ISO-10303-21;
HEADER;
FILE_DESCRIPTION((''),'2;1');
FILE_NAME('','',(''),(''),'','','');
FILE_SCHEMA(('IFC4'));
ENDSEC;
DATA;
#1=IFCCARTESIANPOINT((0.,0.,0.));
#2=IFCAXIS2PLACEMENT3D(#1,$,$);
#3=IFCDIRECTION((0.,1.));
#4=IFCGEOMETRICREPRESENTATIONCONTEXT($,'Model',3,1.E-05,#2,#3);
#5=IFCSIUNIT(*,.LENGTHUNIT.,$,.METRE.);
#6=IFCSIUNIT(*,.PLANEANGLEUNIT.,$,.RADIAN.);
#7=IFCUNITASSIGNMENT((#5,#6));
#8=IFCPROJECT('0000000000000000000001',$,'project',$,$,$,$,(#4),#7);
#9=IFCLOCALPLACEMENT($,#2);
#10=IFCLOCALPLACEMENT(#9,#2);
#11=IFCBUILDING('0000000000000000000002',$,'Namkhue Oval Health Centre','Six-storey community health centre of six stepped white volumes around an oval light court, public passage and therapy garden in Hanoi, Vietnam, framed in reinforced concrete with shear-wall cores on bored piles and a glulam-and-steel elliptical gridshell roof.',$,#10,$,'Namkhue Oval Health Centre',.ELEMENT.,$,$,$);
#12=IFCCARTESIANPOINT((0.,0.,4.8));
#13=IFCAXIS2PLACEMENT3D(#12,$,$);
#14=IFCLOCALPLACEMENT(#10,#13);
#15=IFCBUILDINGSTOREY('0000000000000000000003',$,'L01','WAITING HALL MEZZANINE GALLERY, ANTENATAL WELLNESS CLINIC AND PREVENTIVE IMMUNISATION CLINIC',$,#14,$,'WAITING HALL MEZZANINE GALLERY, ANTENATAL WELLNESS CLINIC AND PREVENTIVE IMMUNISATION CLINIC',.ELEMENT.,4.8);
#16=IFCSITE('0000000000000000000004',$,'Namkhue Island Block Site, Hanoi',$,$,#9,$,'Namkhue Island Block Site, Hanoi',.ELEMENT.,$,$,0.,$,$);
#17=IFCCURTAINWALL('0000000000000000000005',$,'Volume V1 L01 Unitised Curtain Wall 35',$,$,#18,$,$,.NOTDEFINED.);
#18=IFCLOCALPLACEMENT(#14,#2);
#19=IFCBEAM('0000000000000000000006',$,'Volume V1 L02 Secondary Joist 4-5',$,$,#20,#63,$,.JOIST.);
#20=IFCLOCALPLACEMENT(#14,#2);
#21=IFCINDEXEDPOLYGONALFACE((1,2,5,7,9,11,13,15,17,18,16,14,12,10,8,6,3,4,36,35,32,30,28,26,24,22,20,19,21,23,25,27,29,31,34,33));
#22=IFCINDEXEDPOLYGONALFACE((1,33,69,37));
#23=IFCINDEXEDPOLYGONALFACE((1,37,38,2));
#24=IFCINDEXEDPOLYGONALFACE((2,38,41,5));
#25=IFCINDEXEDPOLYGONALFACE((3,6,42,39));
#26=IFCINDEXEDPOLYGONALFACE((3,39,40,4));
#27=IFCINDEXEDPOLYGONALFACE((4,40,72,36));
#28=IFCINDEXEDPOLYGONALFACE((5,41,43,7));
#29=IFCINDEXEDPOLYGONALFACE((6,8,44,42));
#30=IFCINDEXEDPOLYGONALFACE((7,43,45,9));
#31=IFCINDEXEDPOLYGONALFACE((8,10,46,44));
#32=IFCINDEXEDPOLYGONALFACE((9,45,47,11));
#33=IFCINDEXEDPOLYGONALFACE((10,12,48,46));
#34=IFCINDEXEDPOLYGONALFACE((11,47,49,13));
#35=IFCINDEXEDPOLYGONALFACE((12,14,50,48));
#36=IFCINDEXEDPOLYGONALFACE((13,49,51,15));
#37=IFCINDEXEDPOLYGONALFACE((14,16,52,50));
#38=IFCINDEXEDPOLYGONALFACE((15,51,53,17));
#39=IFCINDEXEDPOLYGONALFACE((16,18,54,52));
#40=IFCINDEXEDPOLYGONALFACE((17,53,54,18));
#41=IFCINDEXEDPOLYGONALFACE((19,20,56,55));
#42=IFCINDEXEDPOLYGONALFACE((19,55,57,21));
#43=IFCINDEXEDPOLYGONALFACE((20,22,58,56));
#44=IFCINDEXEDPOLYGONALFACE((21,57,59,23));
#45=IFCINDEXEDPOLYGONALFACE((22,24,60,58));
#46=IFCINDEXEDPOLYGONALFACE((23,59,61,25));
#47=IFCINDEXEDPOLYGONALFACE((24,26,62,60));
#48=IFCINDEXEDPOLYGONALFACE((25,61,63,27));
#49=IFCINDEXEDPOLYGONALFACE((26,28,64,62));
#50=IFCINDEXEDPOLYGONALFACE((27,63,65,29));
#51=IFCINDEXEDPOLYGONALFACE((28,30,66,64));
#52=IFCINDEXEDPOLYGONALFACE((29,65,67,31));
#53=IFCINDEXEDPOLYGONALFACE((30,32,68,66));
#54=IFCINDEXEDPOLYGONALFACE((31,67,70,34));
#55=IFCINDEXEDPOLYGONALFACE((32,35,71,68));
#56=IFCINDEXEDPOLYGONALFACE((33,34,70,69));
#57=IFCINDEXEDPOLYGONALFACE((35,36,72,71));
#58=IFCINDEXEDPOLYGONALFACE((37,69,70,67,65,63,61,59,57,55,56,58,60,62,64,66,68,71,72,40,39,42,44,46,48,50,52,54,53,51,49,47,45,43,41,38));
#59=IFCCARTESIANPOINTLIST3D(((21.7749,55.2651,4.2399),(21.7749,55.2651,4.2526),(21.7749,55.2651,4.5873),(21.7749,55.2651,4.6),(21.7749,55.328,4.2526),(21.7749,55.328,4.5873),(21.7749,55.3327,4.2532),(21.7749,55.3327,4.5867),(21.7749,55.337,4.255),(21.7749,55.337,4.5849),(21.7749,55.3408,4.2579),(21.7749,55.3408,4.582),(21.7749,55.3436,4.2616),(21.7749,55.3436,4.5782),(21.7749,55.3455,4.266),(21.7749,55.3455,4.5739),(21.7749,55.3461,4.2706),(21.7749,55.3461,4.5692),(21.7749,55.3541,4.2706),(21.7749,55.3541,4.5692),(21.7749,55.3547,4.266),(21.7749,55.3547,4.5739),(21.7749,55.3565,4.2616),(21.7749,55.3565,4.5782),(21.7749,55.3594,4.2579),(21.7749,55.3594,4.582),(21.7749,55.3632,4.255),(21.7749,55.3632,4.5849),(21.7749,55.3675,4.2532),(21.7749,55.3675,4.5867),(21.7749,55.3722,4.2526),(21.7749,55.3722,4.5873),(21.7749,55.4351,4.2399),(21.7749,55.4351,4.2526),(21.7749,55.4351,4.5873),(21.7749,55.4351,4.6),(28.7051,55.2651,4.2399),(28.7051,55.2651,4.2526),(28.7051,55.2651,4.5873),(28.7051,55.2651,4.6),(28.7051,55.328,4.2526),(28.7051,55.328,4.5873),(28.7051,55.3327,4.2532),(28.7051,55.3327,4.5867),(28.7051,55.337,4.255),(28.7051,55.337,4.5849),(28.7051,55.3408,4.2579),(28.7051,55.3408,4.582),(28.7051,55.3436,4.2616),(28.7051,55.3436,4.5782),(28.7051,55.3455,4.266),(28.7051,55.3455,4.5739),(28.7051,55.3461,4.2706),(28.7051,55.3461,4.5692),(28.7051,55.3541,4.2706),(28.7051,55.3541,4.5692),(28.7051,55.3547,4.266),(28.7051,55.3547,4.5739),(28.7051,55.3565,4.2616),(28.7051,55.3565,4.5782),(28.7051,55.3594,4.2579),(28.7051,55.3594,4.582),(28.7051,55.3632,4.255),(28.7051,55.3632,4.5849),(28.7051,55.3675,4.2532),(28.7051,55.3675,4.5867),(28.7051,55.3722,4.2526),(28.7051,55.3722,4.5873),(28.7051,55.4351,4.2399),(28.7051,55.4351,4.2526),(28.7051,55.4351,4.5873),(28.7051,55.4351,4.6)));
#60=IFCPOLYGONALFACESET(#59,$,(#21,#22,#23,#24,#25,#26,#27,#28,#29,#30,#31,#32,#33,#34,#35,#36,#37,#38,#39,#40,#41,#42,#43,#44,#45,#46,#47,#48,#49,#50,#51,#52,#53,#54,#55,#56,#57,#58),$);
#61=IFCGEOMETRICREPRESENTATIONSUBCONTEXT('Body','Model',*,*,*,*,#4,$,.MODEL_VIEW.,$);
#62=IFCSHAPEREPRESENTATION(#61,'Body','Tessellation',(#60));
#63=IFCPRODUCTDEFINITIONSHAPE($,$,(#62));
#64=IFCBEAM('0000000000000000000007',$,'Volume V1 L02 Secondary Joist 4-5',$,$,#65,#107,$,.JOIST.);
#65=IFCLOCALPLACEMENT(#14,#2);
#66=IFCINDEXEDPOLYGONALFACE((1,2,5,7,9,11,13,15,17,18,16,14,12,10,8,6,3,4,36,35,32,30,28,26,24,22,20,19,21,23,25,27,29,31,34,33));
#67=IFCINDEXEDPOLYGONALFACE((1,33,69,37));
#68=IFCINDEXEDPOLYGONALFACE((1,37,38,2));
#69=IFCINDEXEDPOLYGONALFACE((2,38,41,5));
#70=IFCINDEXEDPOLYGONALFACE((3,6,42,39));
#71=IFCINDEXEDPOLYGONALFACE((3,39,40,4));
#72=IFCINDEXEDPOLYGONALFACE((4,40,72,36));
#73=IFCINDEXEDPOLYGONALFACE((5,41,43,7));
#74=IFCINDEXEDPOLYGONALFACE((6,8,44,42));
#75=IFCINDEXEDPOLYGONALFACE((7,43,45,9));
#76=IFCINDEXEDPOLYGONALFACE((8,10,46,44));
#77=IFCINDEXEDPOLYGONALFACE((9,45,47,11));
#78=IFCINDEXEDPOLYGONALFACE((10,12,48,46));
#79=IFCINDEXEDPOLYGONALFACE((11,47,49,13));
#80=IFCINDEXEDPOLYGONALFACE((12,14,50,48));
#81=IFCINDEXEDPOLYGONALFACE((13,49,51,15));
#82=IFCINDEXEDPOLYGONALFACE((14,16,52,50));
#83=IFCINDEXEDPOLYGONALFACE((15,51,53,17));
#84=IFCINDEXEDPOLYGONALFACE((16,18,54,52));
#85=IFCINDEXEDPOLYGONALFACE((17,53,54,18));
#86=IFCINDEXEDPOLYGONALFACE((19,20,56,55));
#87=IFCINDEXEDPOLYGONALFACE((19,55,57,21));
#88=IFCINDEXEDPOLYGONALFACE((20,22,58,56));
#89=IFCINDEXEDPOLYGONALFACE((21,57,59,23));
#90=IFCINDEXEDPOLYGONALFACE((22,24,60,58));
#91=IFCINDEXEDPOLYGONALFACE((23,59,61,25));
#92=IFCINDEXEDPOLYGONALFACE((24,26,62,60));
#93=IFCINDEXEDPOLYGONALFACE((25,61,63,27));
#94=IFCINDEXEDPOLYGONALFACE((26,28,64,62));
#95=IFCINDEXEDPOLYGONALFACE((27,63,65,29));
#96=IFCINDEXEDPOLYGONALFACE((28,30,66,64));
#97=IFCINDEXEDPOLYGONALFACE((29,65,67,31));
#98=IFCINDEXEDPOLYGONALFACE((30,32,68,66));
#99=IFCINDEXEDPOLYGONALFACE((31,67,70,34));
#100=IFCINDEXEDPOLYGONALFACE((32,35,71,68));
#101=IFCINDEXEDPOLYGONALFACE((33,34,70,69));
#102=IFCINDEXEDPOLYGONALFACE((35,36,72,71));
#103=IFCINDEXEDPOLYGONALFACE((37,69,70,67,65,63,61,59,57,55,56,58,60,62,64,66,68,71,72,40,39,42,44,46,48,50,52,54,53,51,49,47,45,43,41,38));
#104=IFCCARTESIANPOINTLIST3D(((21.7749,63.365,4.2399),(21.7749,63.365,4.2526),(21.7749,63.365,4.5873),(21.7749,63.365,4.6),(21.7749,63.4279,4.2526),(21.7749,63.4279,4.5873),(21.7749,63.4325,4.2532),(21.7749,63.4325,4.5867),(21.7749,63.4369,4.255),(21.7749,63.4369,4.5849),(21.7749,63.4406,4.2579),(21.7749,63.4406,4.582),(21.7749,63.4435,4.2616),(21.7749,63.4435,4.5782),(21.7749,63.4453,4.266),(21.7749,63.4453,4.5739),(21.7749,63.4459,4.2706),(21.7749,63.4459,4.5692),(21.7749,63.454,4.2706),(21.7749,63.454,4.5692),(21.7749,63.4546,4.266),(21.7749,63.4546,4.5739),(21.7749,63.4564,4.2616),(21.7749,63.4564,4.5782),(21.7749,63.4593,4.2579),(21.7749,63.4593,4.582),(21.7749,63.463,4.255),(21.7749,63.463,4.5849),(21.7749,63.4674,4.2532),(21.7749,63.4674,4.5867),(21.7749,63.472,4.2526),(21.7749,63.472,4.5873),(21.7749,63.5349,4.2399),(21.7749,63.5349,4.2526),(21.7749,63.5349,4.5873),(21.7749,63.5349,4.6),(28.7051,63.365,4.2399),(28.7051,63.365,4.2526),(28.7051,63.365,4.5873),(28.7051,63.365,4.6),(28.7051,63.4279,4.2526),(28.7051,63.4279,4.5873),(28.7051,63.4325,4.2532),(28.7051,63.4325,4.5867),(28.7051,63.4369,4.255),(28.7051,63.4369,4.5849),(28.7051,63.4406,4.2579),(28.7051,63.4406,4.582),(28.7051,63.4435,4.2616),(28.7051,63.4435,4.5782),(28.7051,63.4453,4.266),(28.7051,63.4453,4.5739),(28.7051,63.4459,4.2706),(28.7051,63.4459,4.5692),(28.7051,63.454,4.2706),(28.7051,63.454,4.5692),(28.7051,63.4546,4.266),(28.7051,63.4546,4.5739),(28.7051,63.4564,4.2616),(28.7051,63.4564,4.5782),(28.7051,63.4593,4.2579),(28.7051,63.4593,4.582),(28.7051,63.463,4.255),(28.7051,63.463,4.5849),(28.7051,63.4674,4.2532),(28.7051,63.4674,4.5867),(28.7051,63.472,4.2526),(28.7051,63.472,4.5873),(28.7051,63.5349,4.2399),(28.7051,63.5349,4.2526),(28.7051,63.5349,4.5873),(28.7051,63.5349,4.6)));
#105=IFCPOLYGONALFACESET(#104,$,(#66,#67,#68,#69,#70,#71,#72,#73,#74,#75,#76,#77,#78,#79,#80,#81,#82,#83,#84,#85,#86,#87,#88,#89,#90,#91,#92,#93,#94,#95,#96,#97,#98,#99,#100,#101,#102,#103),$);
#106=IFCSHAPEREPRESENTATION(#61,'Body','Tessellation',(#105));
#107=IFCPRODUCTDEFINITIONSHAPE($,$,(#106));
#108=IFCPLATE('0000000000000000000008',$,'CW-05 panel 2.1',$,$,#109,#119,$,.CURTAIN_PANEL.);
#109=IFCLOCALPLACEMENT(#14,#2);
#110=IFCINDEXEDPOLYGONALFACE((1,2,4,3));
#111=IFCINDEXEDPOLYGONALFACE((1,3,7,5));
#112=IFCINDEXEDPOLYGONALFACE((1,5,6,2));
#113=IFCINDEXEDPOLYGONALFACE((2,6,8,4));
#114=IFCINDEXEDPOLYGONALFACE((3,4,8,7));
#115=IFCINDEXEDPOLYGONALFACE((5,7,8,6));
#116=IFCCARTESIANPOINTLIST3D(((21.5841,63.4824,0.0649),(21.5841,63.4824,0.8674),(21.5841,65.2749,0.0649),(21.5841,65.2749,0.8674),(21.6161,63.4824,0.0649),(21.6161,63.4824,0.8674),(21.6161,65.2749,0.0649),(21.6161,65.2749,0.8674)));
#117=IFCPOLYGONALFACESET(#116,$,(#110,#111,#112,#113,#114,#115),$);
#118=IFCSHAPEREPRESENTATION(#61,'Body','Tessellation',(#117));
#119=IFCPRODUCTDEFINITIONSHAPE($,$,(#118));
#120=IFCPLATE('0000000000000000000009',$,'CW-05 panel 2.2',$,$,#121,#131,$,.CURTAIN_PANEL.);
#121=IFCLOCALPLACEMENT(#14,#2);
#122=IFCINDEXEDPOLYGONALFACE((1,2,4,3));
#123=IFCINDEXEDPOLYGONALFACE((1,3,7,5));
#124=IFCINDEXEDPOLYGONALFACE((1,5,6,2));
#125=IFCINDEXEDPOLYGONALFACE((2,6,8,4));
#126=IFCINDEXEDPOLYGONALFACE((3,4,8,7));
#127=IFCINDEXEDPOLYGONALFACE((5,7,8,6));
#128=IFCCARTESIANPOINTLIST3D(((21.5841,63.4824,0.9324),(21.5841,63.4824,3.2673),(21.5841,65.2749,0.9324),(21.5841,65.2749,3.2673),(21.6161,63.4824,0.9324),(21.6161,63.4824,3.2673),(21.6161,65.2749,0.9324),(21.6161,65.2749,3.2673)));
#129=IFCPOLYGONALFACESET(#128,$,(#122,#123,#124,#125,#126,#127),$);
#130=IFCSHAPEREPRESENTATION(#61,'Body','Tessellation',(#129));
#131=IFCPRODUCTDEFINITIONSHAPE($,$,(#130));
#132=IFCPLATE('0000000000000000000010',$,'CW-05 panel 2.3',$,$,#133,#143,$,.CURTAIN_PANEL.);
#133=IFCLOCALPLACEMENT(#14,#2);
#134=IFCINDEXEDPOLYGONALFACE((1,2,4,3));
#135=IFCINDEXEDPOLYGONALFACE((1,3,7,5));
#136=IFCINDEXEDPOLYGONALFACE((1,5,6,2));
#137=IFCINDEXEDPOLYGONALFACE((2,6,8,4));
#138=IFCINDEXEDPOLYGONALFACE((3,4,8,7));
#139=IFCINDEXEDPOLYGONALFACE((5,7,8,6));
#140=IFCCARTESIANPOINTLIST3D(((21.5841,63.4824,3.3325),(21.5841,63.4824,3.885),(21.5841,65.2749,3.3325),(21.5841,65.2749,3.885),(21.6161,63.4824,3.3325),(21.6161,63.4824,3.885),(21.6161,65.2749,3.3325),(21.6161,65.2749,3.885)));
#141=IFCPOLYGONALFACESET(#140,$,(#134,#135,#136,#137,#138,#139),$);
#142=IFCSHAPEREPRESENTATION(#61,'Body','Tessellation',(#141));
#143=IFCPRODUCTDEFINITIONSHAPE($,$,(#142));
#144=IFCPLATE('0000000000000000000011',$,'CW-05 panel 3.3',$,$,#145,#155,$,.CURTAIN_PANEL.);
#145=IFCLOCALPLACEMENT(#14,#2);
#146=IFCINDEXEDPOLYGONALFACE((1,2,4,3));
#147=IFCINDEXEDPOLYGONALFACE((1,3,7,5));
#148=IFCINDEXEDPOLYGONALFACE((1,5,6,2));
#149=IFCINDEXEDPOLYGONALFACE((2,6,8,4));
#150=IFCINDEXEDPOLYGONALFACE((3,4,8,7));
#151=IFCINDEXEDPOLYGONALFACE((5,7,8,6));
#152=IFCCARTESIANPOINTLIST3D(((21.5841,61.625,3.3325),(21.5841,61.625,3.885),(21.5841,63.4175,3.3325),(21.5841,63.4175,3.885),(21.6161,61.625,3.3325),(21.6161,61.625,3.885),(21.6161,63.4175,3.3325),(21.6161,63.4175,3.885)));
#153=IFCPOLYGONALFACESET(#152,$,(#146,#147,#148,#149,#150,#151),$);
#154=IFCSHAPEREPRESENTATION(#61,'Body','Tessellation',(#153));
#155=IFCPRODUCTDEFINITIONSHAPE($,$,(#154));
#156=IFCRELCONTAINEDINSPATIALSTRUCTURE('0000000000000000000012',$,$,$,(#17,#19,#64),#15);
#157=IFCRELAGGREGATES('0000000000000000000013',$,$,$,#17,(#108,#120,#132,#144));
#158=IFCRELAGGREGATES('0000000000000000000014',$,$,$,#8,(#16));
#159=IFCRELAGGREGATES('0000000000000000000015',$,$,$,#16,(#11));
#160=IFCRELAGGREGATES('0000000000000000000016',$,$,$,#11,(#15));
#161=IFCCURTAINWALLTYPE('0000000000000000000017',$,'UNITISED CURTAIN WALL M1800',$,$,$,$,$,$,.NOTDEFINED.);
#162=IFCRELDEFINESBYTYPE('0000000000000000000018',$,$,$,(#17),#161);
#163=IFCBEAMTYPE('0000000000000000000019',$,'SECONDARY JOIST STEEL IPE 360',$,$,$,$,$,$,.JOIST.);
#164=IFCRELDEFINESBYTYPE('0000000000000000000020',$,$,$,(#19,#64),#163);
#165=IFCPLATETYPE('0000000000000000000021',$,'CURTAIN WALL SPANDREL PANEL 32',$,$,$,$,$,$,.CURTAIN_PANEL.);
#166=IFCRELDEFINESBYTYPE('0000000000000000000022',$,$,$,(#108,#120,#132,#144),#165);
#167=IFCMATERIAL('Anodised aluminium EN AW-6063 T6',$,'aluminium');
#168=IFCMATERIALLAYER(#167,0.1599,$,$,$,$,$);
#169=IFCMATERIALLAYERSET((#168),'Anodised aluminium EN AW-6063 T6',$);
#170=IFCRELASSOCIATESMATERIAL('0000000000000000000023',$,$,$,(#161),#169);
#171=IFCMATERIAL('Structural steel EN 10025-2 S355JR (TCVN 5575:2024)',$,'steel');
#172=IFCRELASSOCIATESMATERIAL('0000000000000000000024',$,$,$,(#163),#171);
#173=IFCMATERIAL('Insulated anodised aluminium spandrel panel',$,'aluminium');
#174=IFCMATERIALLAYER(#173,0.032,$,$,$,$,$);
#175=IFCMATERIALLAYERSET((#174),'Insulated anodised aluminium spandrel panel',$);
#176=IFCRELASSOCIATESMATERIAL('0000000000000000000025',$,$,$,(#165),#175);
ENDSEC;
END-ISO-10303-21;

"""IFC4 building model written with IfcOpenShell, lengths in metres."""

from ifc_helpers import new_model, si_unit, direction, frame, origin, origin_2d, place, context, subcontext, project, spatial, rectangle, i_section, extrude, material, layer, layer_set, material_profile, profile_set, type_object, element, aggregate, save


model = new_model("IFC4")

# Units and contexts
model_context = context("Model", 3, precision=1e-05, world=origin(), true_north=direction((0.0, 1.0)))
body_context = subcontext(model_context, "Body", "Model", "MODEL_VIEW")
ifc_project = project(units=[si_unit("LENGTHUNIT", "METRE"), si_unit("PLANEANGLEUNIT", "RADIAN")], contexts=[model_context])

# Site, building, storey
site_placement = place(None, origin())
site = spatial("IfcSite", under=ifc_project, at=site_placement, Name="Namkhue Island Block Site, Hanoi", LongName="Namkhue Island Block Site, Hanoi", CompositionType="ELEMENT", RefElevation=0.0)
building_placement = place(site_placement, origin())
building = spatial("IfcBuilding", under=site, at=building_placement, Name="Namkhue Oval Health Centre", Description="Six-storey community health centre of six stepped white volumes around an oval light court, public passage and therapy garden in Hanoi, Vietnam, framed in reinforced concrete with shear-wall cores on bored piles and a glulam-and-steel elliptical gridshell roof.", LongName="Namkhue Oval Health Centre", CompositionType="ELEMENT")
storey_placement = place(building_placement, frame((0.0, 0.0, 4.8)))
storey = spatial("IfcBuildingStorey", under=building, at=storey_placement, Name="L01", Description="WAITING HALL MEZZANINE GALLERY, ANTENATAL WELLNESS CLINIC AND PREVENTIVE IMMUNISATION CLINIC", LongName="WAITING HALL MEZZANINE GALLERY, ANTENATAL WELLNESS CLINIC AND PREVENTIVE IMMUNISATION CLINIC", CompositionType="ELEMENT", Elevation=4.8)

# Curtain wall
ifc_material_1 = material(Name="Anodised aluminium EN AW-6063 T6", Category="aluminium")
ifc_layer_1 = layer(ifc_material_1, 0.1599)
ifc_layer_set_1 = layer_set([ifc_layer_1], Name="Anodised aluminium EN AW-6063 T6")
curtain_wall_type = type_object("IfcCurtainWallType", Name="UNITISED CURTAIN WALL M1800", PredefinedType="NOTDEFINED", material=ifc_layer_set_1)
curtain_wall_placement = place(storey_placement, origin())
curtain_wall = element("IfcCurtainWall", 1, at=curtain_wall_placement, inside=storey, type_object=curtain_wall_type, Name="Volume V1 L01 Unitised Curtain Wall 35", PredefinedType="NOTDEFINED")

# Beams
ifc_material_2 = material(Name="Structural steel EN 10025-2 S355JR (TCVN 5575:2024)", Category="steel")
ifc_material_profile_1 = material_profile(ifc_material_2, i_section(OverallWidth=0.1699, OverallDepth=0.3601, WebThickness=0.0081, FlangeThickness=0.0127, FilletRadius=0.0181, at=origin_2d()), Name="IPE 360")
ifc_profile_set_1 = profile_set([ifc_material_profile_1], Name="Structural steel EN 10025-2 S355JR (TCVN 5575:2024)")
beam_type_1 = type_object("IfcBeamType", Name="SECONDARY JOIST STEEL IPE 360", PredefinedType="JOIST", material=ifc_profile_set_1)
for number, where, z_axis, x_axis, name in (
    (2, (21.7749, 55.3501, 4.4199), (1.0, 0.0, 0.0), (0.0, 1.0, 0.0), "Volume V1 L02 Secondary Joist 4-5"),
    (3, (21.7749, 63.45, 4.4199), (1.0, 0.0, 0.0), (0.0, 1.0, 0.0), "Volume V1 L02 Secondary Joist 4-5"),
):
    element("IfcBeam", number, at=place(storey_placement, frame(where, z_axis=z_axis, x_axis=x_axis)), inside=storey, type_object=beam_type_1, Name=name, PredefinedType="JOIST", context=body_context, shape_type="SweptSolid", body=[
        extrude(i_section(OverallWidth=0.1699, OverallDepth=0.3601, WebThickness=0.0081, FlangeThickness=0.0127, FilletRadius=0.0181, at=origin_2d()), origin(), (0.0, 0.0, 1.0), 6.9302),
    ])

# Plates
ifc_material_3 = material(Name="Insulated anodised aluminium spandrel panel", Category="aluminium")
ifc_layer_2 = layer(ifc_material_3, 0.032)
ifc_layer_set_2 = layer_set([ifc_layer_2], Name="Insulated anodised aluminium spandrel panel")
plate_type = type_object("IfcPlateType", Name="CURTAIN WALL SPANDREL PANEL 32", PredefinedType="CURTAIN_PANEL", material=ifc_layer_set_2)
plate_1_placement = place(storey_placement, frame((21.6001, 64.3787, 0.0649), z_axis=(0.0, 0.0, 1.0), x_axis=(0.0, -1.0, 0.0)))
plate_1 = element("IfcPlate", 4, at=plate_1_placement, type_object=plate_type, Name="CW-05 panel 2.1", PredefinedType="CURTAIN_PANEL", context=body_context, shape_type="SweptSolid", body=[
    extrude(rectangle(XDim=1.7925, YDim=0.032, at=origin_2d()), origin(), (0.0, 0.0, 1.0), 0.8025),
])
plate_2_placement = place(storey_placement, frame((21.6001, 64.3787, 0.9324), z_axis=(0.0, 0.0, 1.0), x_axis=(0.0, -1.0, 0.0)))
plate_2 = element("IfcPlate", 5, at=plate_2_placement, type_object=plate_type, Name="CW-05 panel 2.2", PredefinedType="CURTAIN_PANEL", context=body_context, shape_type="SweptSolid", body=[
    extrude(rectangle(XDim=1.7925, YDim=0.032, at=origin_2d()), origin(), (0.0, 0.0, 1.0), 2.335),
])
plate_3_placement = place(storey_placement, frame((21.6001, 64.3787, 3.3325), z_axis=(0.0, 0.0, 1.0), x_axis=(0.0, -1.0, 0.0)))
plate_3 = element("IfcPlate", 6, at=plate_3_placement, type_object=plate_type, Name="CW-05 panel 2.3", PredefinedType="CURTAIN_PANEL", context=body_context, shape_type="SweptSolid", body=[
    extrude(rectangle(XDim=1.7925, YDim=0.032, at=origin_2d()), origin(), (0.0, 0.0, 1.0), 0.5525),
])
plate_4_placement = place(storey_placement, frame((21.6001, 62.5212, 3.3325), z_axis=(0.0, 0.0, 1.0), x_axis=(0.0, -1.0, 0.0)))
plate_4 = element("IfcPlate", 7, at=plate_4_placement, type_object=plate_type, Name="CW-05 panel 3.3", PredefinedType="CURTAIN_PANEL", context=body_context, shape_type="SweptSolid", body=[
    extrude(rectangle(XDim=1.7925, YDim=0.032, at=origin_2d()), origin(), (0.0, 0.0, 1.0), 0.5525),
])
aggregate(curtain_wall, [plate_1, plate_2, plate_3, plate_4])

save(model, "model.ifc")
